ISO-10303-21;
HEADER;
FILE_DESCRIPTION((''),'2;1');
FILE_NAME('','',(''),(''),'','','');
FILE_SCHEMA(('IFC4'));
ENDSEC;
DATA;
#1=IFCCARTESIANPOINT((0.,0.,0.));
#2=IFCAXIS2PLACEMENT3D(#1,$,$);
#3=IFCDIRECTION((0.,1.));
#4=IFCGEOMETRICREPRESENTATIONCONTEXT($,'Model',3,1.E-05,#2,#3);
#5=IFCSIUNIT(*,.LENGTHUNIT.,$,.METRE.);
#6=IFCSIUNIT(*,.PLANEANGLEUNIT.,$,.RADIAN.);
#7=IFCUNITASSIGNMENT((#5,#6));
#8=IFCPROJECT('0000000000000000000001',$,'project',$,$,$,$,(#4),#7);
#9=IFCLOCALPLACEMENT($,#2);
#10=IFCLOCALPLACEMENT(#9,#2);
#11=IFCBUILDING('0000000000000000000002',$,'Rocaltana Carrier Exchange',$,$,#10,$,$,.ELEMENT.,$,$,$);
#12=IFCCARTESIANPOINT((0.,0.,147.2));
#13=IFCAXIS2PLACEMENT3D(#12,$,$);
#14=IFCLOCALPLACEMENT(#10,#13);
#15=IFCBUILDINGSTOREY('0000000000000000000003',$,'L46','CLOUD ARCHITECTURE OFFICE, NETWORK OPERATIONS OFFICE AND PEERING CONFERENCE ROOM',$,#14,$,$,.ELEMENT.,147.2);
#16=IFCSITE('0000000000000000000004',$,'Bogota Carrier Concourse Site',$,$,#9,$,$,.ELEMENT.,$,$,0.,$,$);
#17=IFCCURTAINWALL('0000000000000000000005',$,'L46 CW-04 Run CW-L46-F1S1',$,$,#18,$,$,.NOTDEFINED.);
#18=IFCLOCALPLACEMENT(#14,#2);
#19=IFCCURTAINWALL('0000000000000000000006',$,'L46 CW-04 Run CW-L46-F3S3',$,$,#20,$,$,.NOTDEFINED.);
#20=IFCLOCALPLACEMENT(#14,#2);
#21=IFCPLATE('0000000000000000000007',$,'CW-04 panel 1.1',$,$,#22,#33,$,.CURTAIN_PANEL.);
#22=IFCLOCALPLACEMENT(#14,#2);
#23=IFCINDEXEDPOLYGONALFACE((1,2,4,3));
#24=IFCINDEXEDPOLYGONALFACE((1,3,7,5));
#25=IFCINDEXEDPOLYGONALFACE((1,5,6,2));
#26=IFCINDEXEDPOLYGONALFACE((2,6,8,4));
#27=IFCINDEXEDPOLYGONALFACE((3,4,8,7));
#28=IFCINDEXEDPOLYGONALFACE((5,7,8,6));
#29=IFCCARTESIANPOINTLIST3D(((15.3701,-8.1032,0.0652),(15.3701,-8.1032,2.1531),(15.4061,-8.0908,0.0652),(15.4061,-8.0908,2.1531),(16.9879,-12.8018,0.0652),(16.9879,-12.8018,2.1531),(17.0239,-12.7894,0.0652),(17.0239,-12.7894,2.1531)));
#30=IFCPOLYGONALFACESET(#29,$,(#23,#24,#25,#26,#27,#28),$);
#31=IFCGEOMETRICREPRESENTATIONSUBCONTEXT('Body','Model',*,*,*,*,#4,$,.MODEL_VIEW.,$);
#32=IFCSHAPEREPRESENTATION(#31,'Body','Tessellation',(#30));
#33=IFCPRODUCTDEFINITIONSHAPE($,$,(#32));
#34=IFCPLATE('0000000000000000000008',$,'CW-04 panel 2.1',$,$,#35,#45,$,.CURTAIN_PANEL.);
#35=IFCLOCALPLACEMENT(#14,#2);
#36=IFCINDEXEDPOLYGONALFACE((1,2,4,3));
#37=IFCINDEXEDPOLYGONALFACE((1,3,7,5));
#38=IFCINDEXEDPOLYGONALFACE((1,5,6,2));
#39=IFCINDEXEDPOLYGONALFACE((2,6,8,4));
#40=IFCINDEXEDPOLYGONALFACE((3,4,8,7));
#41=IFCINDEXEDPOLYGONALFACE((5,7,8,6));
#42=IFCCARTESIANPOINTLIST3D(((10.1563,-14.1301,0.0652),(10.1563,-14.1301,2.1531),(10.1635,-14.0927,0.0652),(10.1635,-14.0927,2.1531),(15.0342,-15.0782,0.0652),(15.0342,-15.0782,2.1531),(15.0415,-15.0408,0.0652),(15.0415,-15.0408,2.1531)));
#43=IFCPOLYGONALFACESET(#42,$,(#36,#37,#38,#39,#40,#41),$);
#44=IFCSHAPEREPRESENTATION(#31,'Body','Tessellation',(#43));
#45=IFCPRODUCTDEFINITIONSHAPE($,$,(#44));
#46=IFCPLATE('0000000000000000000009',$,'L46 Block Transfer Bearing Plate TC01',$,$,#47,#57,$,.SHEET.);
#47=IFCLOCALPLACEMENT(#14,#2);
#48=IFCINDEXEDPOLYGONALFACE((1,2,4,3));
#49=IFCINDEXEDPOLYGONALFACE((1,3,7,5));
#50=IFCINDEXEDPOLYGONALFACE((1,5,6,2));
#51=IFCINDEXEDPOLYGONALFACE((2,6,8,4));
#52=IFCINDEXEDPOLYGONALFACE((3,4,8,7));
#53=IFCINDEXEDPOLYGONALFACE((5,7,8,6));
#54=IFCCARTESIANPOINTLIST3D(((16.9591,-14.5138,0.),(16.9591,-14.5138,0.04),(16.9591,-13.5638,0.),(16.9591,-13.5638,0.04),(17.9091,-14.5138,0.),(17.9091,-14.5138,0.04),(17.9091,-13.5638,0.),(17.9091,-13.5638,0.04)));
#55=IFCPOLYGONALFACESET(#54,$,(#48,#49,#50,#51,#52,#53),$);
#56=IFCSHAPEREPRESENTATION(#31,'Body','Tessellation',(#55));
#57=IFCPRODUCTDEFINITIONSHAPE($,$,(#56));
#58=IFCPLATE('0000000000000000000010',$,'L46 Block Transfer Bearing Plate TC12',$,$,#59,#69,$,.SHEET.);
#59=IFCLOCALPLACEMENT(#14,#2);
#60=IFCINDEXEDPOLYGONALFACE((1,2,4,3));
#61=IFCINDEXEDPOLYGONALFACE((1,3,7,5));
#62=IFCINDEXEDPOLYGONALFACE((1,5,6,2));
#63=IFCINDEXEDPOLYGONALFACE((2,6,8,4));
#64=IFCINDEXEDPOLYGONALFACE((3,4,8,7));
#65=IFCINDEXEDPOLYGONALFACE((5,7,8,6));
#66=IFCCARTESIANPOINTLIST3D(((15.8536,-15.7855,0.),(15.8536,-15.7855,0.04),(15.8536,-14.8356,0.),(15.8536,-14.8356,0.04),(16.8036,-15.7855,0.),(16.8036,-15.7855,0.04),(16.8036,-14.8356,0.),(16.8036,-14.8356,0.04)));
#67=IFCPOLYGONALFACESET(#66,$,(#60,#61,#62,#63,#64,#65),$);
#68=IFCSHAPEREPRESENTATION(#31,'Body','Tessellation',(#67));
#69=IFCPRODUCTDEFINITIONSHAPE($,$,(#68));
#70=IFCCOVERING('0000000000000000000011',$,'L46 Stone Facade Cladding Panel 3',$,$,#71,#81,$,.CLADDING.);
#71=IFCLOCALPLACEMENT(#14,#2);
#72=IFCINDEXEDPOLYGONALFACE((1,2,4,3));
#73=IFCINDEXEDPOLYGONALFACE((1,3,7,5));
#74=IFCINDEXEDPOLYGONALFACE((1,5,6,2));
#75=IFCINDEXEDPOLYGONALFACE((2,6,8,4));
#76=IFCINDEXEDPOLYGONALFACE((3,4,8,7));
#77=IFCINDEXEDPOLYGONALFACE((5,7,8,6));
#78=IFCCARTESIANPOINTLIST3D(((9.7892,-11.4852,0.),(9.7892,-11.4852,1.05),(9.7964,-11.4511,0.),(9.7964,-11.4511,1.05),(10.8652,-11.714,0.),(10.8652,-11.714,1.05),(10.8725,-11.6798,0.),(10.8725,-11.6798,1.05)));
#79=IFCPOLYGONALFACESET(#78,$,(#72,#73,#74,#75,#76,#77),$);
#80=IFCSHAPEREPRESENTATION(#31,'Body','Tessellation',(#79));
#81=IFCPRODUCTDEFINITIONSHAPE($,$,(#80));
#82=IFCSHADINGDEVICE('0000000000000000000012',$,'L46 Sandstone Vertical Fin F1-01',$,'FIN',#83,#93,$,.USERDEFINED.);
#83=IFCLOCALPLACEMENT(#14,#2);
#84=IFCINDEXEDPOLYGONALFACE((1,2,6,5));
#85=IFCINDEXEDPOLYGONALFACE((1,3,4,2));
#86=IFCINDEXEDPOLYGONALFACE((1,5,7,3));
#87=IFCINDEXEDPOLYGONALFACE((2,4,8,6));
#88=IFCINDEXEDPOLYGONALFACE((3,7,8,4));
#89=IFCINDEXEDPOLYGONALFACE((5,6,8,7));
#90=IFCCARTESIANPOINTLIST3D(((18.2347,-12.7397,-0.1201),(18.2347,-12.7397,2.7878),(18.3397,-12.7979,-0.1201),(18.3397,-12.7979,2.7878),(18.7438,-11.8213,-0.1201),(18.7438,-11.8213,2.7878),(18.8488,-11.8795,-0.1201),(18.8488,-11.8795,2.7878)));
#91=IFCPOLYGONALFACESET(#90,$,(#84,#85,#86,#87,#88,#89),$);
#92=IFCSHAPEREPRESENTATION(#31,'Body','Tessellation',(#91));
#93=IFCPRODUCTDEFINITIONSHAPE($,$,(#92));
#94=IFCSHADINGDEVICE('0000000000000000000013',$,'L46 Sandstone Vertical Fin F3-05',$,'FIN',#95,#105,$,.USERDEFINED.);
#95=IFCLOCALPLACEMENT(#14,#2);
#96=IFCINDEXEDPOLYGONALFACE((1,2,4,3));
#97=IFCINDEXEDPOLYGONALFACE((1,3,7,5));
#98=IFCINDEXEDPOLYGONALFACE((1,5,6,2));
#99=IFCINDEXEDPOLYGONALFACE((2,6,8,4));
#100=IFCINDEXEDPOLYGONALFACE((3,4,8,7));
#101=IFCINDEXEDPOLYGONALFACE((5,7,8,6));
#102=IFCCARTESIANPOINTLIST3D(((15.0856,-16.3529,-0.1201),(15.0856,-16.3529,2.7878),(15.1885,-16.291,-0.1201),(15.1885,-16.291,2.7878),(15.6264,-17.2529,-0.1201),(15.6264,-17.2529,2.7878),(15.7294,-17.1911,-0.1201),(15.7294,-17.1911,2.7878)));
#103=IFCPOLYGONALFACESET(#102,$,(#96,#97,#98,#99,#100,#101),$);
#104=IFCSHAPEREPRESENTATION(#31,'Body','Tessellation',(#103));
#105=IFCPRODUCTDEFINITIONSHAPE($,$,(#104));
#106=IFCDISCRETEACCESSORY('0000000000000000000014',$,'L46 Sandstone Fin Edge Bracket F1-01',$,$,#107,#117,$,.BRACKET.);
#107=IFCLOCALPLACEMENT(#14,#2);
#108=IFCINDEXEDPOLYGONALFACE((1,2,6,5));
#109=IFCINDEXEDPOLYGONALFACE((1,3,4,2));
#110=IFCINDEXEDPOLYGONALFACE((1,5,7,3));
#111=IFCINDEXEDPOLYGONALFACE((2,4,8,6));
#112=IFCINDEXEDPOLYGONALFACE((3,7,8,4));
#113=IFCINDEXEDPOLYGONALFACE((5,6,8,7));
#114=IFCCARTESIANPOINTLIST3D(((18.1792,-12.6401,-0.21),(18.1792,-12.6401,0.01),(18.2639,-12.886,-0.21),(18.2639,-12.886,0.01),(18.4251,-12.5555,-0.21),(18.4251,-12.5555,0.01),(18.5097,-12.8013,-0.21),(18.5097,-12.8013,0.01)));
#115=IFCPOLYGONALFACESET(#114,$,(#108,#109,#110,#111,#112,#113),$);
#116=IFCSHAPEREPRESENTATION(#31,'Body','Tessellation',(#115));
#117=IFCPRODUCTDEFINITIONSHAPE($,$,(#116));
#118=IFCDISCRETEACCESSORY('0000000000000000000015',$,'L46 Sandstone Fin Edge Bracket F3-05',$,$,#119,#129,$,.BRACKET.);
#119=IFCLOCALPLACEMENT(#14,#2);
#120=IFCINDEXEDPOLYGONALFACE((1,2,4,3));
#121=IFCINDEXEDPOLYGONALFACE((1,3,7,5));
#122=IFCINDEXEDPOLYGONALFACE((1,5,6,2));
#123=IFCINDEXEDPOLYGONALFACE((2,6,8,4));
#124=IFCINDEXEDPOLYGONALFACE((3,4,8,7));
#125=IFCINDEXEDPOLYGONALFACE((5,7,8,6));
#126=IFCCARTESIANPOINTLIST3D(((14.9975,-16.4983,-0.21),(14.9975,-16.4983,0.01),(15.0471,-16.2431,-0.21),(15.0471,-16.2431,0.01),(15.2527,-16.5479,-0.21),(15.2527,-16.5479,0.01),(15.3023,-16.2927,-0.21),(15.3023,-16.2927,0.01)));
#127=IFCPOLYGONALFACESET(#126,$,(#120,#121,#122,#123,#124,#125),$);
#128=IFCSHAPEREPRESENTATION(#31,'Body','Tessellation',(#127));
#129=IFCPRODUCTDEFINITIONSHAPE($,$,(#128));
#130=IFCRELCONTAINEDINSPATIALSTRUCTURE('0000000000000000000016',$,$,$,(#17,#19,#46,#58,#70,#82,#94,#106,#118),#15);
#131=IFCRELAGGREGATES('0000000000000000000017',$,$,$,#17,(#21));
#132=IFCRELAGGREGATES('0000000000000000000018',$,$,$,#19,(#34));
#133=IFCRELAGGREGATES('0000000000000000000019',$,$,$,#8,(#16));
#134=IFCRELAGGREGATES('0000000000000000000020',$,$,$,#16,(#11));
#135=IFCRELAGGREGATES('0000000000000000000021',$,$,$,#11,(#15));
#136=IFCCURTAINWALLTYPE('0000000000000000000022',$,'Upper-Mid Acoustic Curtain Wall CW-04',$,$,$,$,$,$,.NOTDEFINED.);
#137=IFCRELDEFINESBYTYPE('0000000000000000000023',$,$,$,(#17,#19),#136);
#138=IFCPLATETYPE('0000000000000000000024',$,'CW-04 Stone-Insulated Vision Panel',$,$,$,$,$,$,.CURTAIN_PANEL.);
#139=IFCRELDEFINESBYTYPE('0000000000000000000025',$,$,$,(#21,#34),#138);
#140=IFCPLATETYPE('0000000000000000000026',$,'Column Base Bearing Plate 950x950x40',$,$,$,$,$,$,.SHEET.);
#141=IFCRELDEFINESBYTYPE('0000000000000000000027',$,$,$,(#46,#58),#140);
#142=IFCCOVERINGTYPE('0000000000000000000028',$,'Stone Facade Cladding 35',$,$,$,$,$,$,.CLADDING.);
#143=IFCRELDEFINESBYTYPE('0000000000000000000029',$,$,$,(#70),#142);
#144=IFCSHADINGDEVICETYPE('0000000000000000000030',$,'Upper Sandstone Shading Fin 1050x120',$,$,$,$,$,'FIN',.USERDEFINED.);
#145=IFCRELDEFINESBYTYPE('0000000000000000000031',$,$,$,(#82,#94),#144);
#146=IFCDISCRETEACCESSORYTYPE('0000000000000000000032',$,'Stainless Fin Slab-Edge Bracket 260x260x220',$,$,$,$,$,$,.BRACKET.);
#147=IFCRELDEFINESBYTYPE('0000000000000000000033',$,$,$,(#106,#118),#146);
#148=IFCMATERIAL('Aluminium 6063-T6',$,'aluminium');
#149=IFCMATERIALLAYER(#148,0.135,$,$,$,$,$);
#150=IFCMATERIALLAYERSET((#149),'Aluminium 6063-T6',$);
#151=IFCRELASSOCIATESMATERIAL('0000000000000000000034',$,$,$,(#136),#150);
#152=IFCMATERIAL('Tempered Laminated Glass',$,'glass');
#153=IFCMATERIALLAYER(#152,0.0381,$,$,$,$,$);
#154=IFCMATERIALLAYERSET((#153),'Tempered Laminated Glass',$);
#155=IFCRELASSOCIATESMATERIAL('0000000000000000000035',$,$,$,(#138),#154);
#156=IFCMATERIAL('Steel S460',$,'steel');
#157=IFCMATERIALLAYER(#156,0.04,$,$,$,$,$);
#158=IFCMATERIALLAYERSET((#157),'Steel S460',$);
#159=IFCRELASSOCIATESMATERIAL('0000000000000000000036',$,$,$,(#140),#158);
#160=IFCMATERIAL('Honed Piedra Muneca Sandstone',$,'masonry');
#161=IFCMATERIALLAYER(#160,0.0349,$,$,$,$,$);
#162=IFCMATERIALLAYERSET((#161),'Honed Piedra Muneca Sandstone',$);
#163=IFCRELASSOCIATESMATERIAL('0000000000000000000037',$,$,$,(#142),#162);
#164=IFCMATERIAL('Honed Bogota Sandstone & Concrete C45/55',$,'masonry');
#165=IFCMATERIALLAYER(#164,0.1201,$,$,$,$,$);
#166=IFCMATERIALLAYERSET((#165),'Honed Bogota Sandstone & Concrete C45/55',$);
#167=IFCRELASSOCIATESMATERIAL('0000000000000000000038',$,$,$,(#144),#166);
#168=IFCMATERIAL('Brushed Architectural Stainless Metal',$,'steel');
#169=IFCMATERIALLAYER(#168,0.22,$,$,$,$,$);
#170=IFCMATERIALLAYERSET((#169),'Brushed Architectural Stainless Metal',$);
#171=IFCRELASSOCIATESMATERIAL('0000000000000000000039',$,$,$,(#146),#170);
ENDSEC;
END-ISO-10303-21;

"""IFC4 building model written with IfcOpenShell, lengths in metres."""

from ifc_helpers import new_model, si_unit, direction, frame, origin, origin_2d, place, context, subcontext, project, spatial, rectangle, extrude, material, layer, layer_set, type_object, element, aggregate, save


model = new_model("IFC4")

# Units and contexts
model_context = context("Model", 3, precision=1e-05, world=origin(), true_north=direction((0.0, 1.0)))
body_context = subcontext(model_context, "Body", "Model", "MODEL_VIEW")
ifc_project = project(units=[si_unit("LENGTHUNIT", "METRE"), si_unit("PLANEANGLEUNIT", "RADIAN")], contexts=[model_context])

# Site, building, storey
site_placement = place(None, origin())
site = spatial("IfcSite", under=ifc_project, at=site_placement, Name="Bogota Carrier Concourse Site", CompositionType="ELEMENT", RefElevation=0.0)
building_placement = place(site_placement, origin())
building = spatial("IfcBuilding", under=site, at=building_placement, Name="Rocaltana Carrier Exchange", CompositionType="ELEMENT")
storey_placement = place(building_placement, frame((0.0, 0.0, 147.2)))
storey = spatial("IfcBuildingStorey", under=building, at=storey_placement, Name="L46", Description="CLOUD ARCHITECTURE OFFICE, NETWORK OPERATIONS OFFICE AND PEERING CONFERENCE ROOM", CompositionType="ELEMENT", Elevation=147.2)

# Curtain walls
ifc_material_1 = material(Name="Aluminium 6063-T6", Category="aluminium")
ifc_layer_1 = layer(ifc_material_1, 0.135)
ifc_layer_set_1 = layer_set([ifc_layer_1], Name="Aluminium 6063-T6")
curtain_wall_type = type_object("IfcCurtainWallType", Name="Upper-Mid Acoustic Curtain Wall CW-04", PredefinedType="NOTDEFINED", material=ifc_layer_set_1)
curtain_wall_1_placement = place(storey_placement, origin())
curtain_wall_1 = element("IfcCurtainWall", 1, at=curtain_wall_1_placement, inside=storey, type_object=curtain_wall_type, Name="L46 CW-04 Run CW-L46-F1S1", PredefinedType="NOTDEFINED")
curtain_wall_2_placement = place(storey_placement, origin())
curtain_wall_2 = element("IfcCurtainWall", 2, at=curtain_wall_2_placement, inside=storey, type_object=curtain_wall_type, Name="L46 CW-04 Run CW-L46-F3S3", PredefinedType="NOTDEFINED")

# Plates
ifc_material_2 = material(Name="Tempered Laminated Glass", Category="glass")
ifc_layer_2 = layer(ifc_material_2, 0.0381)
ifc_layer_set_2 = layer_set([ifc_layer_2], Name="Tempered Laminated Glass")
plate_type_1 = type_object("IfcPlateType", Name="CW-04 Stone-Insulated Vision Panel", PredefinedType="CURTAIN_PANEL", material=ifc_layer_set_2)
plate_1_placement = place(storey_placement, frame((16.197, -10.4463, 0.0652), z_axis=(0.0, 0.0, 1.0), x_axis=(-0.325559, 0.945522, 0.0)))
plate_1 = element("IfcPlate", 3, at=plate_1_placement, type_object=plate_type_1, Name="CW-04 panel 1.1", PredefinedType="CURTAIN_PANEL", context=body_context, shape_type="SweptSolid", body=[
    extrude(rectangle(XDim=4.9692, YDim=0.0381, at=origin_2d()), origin(), (0.0, 0.0, 1.0), 2.0879),
])
aggregate(curtain_wall_1, [plate_1])
plate_2_placement = place(storey_placement, frame((12.5989, -14.5854, 0.0652), z_axis=(0.0, 0.0, 1.0), x_axis=(0.981628, -0.190805, 0.0)))
plate_2 = element("IfcPlate", 4, at=plate_2_placement, type_object=plate_type_1, Name="CW-04 panel 2.1", PredefinedType="CURTAIN_PANEL", context=body_context, shape_type="SweptSolid", body=[
    extrude(rectangle(XDim=4.9692, YDim=0.0381, at=origin_2d()), origin(), (0.0, 0.0, 1.0), 2.0879),
])
aggregate(curtain_wall_2, [plate_2])

# Plates
ifc_material_3 = material(Name="Steel S460", Category="steel")
ifc_layer_3 = layer(ifc_material_3, 0.04)
ifc_layer_set_3 = layer_set([ifc_layer_3], Name="Steel S460")
plate_type_2 = type_object("IfcPlateType", Name="Column Base Bearing Plate 950x950x40", PredefinedType="SHEET", material=ifc_layer_set_3)
for number, where, z_axis, x_axis, name in (
    (5, (17.4341, -14.0388, 0.0), (0.0, 0.0, 1.0), (1.0, 0.0, 0.0), "L46 Block Transfer Bearing Plate TC01"),
    (6, (16.3286, -15.3105, 0.0), (0.0, 0.0, 1.0), (1.0, 0.0, 0.0), "L46 Block Transfer Bearing Plate TC12"),
):
    element("IfcPlate", number, at=place(storey_placement, frame(where, z_axis=z_axis, x_axis=x_axis)), inside=storey, type_object=plate_type_2, Name=name, PredefinedType="SHEET", context=body_context, shape_type="SweptSolid", body=[
        extrude(rectangle(XDim=0.95, YDim=0.95, at=origin_2d()), origin(), (0.0, 0.0, 1.0), 0.04),
    ])

# Covering
ifc_material_4 = material(Name="Honed Piedra Muneca Sandstone", Category="masonry")
ifc_layer_4 = layer(ifc_material_4, 0.0349)
ifc_layer_set_4 = layer_set([ifc_layer_4], Name="Honed Piedra Muneca Sandstone")
covering_type = type_object("IfcCoveringType", Name="Stone Facade Cladding 35", PredefinedType="CLADDING", material=ifc_layer_set_4)
covering_placement = place(storey_placement, frame((10.3308, -11.5825, 0.0), z_axis=(0.0, 0.0, 1.0), x_axis=(-0.978148, 0.207912, 0.0)))
element("IfcCovering", 7, at=covering_placement, inside=storey, type_object=covering_type, Name="L46 Stone Facade Cladding Panel 3", PredefinedType="CLADDING", context=body_context, shape_type="SweptSolid", body=[
    extrude(rectangle(XDim=1.1001, YDim=0.0349, at=origin_2d()), origin(), (0.0, 0.0, 1.0), 1.05),
])

# Shading devices
ifc_material_5 = material(Name="Honed Bogota Sandstone & Concrete C45/55", Category="masonry")
ifc_layer_5 = layer(ifc_material_5, 0.1201)
ifc_layer_set_5 = layer_set([ifc_layer_5], Name="Honed Bogota Sandstone & Concrete C45/55")
shading_device_type = type_object("IfcShadingDeviceType", Name="Upper Sandstone Shading Fin 1050x120", ElementType="FIN", PredefinedType="USERDEFINED", material=ifc_layer_set_5)
for number, where, z_axis, x_axis, name in (
    (8, (18.5417, -12.3096, -0.1201), (0.0, 0.0, 1.0), (0.48481, 0.87462, 0.0), "L46 Sandstone Vertical Fin F1-01"),
    (9, (15.4075, -16.772, -0.1201), (0.0, 0.0, 1.0), (0.515038, -0.857167, 0.0), "L46 Sandstone Vertical Fin F3-05"),
):
    element("IfcShadingDevice", number, at=place(storey_placement, frame(where, z_axis=z_axis, x_axis=x_axis)), inside=storey, type_object=shading_device_type, Name=name, ObjectType="FIN", PredefinedType="USERDEFINED", context=body_context, shape_type="SweptSolid", body=[
        extrude(rectangle(XDim=1.05, YDim=0.1201, at=origin_2d()), origin(), (0.0, 0.0, 1.0), 2.908),
    ])

# Discrete accessories
ifc_material_6 = material(Name="Brushed Architectural Stainless Metal", Category="steel")
ifc_layer_6 = layer(ifc_material_6, 0.22)
ifc_layer_set_6 = layer_set([ifc_layer_6], Name="Brushed Architectural Stainless Metal")
discrete_accessory_type = type_object("IfcDiscreteAccessoryType", Name="Stainless Fin Slab-Edge Bracket 260x260x220", PredefinedType="BRACKET", material=ifc_layer_set_6)
for number, where, z_axis, x_axis, name in (
    (10, (18.3445, -12.7207, -0.21), (0.0, 0.0, 1.0), (-0.325568, 0.945519, 0.0), "L46 Sandstone Fin Edge Bracket F1-01"),
    (11, (15.1499, -16.3955, -0.21), (0.0, 0.0, 1.0), (0.981627, -0.190809, 0.0), "L46 Sandstone Fin Edge Bracket F3-05"),
):
    element("IfcDiscreteAccessory", number, at=place(storey_placement, frame(where, z_axis=z_axis, x_axis=x_axis)), inside=storey, type_object=discrete_accessory_type, Name=name, PredefinedType="BRACKET", context=body_context, shape_type="SweptSolid", body=[
        extrude(rectangle(XDim=0.26, YDim=0.26, at=origin_2d()), origin(), (0.0, 0.0, 1.0), 0.22),
    ])

save(model, "model.ifc")
